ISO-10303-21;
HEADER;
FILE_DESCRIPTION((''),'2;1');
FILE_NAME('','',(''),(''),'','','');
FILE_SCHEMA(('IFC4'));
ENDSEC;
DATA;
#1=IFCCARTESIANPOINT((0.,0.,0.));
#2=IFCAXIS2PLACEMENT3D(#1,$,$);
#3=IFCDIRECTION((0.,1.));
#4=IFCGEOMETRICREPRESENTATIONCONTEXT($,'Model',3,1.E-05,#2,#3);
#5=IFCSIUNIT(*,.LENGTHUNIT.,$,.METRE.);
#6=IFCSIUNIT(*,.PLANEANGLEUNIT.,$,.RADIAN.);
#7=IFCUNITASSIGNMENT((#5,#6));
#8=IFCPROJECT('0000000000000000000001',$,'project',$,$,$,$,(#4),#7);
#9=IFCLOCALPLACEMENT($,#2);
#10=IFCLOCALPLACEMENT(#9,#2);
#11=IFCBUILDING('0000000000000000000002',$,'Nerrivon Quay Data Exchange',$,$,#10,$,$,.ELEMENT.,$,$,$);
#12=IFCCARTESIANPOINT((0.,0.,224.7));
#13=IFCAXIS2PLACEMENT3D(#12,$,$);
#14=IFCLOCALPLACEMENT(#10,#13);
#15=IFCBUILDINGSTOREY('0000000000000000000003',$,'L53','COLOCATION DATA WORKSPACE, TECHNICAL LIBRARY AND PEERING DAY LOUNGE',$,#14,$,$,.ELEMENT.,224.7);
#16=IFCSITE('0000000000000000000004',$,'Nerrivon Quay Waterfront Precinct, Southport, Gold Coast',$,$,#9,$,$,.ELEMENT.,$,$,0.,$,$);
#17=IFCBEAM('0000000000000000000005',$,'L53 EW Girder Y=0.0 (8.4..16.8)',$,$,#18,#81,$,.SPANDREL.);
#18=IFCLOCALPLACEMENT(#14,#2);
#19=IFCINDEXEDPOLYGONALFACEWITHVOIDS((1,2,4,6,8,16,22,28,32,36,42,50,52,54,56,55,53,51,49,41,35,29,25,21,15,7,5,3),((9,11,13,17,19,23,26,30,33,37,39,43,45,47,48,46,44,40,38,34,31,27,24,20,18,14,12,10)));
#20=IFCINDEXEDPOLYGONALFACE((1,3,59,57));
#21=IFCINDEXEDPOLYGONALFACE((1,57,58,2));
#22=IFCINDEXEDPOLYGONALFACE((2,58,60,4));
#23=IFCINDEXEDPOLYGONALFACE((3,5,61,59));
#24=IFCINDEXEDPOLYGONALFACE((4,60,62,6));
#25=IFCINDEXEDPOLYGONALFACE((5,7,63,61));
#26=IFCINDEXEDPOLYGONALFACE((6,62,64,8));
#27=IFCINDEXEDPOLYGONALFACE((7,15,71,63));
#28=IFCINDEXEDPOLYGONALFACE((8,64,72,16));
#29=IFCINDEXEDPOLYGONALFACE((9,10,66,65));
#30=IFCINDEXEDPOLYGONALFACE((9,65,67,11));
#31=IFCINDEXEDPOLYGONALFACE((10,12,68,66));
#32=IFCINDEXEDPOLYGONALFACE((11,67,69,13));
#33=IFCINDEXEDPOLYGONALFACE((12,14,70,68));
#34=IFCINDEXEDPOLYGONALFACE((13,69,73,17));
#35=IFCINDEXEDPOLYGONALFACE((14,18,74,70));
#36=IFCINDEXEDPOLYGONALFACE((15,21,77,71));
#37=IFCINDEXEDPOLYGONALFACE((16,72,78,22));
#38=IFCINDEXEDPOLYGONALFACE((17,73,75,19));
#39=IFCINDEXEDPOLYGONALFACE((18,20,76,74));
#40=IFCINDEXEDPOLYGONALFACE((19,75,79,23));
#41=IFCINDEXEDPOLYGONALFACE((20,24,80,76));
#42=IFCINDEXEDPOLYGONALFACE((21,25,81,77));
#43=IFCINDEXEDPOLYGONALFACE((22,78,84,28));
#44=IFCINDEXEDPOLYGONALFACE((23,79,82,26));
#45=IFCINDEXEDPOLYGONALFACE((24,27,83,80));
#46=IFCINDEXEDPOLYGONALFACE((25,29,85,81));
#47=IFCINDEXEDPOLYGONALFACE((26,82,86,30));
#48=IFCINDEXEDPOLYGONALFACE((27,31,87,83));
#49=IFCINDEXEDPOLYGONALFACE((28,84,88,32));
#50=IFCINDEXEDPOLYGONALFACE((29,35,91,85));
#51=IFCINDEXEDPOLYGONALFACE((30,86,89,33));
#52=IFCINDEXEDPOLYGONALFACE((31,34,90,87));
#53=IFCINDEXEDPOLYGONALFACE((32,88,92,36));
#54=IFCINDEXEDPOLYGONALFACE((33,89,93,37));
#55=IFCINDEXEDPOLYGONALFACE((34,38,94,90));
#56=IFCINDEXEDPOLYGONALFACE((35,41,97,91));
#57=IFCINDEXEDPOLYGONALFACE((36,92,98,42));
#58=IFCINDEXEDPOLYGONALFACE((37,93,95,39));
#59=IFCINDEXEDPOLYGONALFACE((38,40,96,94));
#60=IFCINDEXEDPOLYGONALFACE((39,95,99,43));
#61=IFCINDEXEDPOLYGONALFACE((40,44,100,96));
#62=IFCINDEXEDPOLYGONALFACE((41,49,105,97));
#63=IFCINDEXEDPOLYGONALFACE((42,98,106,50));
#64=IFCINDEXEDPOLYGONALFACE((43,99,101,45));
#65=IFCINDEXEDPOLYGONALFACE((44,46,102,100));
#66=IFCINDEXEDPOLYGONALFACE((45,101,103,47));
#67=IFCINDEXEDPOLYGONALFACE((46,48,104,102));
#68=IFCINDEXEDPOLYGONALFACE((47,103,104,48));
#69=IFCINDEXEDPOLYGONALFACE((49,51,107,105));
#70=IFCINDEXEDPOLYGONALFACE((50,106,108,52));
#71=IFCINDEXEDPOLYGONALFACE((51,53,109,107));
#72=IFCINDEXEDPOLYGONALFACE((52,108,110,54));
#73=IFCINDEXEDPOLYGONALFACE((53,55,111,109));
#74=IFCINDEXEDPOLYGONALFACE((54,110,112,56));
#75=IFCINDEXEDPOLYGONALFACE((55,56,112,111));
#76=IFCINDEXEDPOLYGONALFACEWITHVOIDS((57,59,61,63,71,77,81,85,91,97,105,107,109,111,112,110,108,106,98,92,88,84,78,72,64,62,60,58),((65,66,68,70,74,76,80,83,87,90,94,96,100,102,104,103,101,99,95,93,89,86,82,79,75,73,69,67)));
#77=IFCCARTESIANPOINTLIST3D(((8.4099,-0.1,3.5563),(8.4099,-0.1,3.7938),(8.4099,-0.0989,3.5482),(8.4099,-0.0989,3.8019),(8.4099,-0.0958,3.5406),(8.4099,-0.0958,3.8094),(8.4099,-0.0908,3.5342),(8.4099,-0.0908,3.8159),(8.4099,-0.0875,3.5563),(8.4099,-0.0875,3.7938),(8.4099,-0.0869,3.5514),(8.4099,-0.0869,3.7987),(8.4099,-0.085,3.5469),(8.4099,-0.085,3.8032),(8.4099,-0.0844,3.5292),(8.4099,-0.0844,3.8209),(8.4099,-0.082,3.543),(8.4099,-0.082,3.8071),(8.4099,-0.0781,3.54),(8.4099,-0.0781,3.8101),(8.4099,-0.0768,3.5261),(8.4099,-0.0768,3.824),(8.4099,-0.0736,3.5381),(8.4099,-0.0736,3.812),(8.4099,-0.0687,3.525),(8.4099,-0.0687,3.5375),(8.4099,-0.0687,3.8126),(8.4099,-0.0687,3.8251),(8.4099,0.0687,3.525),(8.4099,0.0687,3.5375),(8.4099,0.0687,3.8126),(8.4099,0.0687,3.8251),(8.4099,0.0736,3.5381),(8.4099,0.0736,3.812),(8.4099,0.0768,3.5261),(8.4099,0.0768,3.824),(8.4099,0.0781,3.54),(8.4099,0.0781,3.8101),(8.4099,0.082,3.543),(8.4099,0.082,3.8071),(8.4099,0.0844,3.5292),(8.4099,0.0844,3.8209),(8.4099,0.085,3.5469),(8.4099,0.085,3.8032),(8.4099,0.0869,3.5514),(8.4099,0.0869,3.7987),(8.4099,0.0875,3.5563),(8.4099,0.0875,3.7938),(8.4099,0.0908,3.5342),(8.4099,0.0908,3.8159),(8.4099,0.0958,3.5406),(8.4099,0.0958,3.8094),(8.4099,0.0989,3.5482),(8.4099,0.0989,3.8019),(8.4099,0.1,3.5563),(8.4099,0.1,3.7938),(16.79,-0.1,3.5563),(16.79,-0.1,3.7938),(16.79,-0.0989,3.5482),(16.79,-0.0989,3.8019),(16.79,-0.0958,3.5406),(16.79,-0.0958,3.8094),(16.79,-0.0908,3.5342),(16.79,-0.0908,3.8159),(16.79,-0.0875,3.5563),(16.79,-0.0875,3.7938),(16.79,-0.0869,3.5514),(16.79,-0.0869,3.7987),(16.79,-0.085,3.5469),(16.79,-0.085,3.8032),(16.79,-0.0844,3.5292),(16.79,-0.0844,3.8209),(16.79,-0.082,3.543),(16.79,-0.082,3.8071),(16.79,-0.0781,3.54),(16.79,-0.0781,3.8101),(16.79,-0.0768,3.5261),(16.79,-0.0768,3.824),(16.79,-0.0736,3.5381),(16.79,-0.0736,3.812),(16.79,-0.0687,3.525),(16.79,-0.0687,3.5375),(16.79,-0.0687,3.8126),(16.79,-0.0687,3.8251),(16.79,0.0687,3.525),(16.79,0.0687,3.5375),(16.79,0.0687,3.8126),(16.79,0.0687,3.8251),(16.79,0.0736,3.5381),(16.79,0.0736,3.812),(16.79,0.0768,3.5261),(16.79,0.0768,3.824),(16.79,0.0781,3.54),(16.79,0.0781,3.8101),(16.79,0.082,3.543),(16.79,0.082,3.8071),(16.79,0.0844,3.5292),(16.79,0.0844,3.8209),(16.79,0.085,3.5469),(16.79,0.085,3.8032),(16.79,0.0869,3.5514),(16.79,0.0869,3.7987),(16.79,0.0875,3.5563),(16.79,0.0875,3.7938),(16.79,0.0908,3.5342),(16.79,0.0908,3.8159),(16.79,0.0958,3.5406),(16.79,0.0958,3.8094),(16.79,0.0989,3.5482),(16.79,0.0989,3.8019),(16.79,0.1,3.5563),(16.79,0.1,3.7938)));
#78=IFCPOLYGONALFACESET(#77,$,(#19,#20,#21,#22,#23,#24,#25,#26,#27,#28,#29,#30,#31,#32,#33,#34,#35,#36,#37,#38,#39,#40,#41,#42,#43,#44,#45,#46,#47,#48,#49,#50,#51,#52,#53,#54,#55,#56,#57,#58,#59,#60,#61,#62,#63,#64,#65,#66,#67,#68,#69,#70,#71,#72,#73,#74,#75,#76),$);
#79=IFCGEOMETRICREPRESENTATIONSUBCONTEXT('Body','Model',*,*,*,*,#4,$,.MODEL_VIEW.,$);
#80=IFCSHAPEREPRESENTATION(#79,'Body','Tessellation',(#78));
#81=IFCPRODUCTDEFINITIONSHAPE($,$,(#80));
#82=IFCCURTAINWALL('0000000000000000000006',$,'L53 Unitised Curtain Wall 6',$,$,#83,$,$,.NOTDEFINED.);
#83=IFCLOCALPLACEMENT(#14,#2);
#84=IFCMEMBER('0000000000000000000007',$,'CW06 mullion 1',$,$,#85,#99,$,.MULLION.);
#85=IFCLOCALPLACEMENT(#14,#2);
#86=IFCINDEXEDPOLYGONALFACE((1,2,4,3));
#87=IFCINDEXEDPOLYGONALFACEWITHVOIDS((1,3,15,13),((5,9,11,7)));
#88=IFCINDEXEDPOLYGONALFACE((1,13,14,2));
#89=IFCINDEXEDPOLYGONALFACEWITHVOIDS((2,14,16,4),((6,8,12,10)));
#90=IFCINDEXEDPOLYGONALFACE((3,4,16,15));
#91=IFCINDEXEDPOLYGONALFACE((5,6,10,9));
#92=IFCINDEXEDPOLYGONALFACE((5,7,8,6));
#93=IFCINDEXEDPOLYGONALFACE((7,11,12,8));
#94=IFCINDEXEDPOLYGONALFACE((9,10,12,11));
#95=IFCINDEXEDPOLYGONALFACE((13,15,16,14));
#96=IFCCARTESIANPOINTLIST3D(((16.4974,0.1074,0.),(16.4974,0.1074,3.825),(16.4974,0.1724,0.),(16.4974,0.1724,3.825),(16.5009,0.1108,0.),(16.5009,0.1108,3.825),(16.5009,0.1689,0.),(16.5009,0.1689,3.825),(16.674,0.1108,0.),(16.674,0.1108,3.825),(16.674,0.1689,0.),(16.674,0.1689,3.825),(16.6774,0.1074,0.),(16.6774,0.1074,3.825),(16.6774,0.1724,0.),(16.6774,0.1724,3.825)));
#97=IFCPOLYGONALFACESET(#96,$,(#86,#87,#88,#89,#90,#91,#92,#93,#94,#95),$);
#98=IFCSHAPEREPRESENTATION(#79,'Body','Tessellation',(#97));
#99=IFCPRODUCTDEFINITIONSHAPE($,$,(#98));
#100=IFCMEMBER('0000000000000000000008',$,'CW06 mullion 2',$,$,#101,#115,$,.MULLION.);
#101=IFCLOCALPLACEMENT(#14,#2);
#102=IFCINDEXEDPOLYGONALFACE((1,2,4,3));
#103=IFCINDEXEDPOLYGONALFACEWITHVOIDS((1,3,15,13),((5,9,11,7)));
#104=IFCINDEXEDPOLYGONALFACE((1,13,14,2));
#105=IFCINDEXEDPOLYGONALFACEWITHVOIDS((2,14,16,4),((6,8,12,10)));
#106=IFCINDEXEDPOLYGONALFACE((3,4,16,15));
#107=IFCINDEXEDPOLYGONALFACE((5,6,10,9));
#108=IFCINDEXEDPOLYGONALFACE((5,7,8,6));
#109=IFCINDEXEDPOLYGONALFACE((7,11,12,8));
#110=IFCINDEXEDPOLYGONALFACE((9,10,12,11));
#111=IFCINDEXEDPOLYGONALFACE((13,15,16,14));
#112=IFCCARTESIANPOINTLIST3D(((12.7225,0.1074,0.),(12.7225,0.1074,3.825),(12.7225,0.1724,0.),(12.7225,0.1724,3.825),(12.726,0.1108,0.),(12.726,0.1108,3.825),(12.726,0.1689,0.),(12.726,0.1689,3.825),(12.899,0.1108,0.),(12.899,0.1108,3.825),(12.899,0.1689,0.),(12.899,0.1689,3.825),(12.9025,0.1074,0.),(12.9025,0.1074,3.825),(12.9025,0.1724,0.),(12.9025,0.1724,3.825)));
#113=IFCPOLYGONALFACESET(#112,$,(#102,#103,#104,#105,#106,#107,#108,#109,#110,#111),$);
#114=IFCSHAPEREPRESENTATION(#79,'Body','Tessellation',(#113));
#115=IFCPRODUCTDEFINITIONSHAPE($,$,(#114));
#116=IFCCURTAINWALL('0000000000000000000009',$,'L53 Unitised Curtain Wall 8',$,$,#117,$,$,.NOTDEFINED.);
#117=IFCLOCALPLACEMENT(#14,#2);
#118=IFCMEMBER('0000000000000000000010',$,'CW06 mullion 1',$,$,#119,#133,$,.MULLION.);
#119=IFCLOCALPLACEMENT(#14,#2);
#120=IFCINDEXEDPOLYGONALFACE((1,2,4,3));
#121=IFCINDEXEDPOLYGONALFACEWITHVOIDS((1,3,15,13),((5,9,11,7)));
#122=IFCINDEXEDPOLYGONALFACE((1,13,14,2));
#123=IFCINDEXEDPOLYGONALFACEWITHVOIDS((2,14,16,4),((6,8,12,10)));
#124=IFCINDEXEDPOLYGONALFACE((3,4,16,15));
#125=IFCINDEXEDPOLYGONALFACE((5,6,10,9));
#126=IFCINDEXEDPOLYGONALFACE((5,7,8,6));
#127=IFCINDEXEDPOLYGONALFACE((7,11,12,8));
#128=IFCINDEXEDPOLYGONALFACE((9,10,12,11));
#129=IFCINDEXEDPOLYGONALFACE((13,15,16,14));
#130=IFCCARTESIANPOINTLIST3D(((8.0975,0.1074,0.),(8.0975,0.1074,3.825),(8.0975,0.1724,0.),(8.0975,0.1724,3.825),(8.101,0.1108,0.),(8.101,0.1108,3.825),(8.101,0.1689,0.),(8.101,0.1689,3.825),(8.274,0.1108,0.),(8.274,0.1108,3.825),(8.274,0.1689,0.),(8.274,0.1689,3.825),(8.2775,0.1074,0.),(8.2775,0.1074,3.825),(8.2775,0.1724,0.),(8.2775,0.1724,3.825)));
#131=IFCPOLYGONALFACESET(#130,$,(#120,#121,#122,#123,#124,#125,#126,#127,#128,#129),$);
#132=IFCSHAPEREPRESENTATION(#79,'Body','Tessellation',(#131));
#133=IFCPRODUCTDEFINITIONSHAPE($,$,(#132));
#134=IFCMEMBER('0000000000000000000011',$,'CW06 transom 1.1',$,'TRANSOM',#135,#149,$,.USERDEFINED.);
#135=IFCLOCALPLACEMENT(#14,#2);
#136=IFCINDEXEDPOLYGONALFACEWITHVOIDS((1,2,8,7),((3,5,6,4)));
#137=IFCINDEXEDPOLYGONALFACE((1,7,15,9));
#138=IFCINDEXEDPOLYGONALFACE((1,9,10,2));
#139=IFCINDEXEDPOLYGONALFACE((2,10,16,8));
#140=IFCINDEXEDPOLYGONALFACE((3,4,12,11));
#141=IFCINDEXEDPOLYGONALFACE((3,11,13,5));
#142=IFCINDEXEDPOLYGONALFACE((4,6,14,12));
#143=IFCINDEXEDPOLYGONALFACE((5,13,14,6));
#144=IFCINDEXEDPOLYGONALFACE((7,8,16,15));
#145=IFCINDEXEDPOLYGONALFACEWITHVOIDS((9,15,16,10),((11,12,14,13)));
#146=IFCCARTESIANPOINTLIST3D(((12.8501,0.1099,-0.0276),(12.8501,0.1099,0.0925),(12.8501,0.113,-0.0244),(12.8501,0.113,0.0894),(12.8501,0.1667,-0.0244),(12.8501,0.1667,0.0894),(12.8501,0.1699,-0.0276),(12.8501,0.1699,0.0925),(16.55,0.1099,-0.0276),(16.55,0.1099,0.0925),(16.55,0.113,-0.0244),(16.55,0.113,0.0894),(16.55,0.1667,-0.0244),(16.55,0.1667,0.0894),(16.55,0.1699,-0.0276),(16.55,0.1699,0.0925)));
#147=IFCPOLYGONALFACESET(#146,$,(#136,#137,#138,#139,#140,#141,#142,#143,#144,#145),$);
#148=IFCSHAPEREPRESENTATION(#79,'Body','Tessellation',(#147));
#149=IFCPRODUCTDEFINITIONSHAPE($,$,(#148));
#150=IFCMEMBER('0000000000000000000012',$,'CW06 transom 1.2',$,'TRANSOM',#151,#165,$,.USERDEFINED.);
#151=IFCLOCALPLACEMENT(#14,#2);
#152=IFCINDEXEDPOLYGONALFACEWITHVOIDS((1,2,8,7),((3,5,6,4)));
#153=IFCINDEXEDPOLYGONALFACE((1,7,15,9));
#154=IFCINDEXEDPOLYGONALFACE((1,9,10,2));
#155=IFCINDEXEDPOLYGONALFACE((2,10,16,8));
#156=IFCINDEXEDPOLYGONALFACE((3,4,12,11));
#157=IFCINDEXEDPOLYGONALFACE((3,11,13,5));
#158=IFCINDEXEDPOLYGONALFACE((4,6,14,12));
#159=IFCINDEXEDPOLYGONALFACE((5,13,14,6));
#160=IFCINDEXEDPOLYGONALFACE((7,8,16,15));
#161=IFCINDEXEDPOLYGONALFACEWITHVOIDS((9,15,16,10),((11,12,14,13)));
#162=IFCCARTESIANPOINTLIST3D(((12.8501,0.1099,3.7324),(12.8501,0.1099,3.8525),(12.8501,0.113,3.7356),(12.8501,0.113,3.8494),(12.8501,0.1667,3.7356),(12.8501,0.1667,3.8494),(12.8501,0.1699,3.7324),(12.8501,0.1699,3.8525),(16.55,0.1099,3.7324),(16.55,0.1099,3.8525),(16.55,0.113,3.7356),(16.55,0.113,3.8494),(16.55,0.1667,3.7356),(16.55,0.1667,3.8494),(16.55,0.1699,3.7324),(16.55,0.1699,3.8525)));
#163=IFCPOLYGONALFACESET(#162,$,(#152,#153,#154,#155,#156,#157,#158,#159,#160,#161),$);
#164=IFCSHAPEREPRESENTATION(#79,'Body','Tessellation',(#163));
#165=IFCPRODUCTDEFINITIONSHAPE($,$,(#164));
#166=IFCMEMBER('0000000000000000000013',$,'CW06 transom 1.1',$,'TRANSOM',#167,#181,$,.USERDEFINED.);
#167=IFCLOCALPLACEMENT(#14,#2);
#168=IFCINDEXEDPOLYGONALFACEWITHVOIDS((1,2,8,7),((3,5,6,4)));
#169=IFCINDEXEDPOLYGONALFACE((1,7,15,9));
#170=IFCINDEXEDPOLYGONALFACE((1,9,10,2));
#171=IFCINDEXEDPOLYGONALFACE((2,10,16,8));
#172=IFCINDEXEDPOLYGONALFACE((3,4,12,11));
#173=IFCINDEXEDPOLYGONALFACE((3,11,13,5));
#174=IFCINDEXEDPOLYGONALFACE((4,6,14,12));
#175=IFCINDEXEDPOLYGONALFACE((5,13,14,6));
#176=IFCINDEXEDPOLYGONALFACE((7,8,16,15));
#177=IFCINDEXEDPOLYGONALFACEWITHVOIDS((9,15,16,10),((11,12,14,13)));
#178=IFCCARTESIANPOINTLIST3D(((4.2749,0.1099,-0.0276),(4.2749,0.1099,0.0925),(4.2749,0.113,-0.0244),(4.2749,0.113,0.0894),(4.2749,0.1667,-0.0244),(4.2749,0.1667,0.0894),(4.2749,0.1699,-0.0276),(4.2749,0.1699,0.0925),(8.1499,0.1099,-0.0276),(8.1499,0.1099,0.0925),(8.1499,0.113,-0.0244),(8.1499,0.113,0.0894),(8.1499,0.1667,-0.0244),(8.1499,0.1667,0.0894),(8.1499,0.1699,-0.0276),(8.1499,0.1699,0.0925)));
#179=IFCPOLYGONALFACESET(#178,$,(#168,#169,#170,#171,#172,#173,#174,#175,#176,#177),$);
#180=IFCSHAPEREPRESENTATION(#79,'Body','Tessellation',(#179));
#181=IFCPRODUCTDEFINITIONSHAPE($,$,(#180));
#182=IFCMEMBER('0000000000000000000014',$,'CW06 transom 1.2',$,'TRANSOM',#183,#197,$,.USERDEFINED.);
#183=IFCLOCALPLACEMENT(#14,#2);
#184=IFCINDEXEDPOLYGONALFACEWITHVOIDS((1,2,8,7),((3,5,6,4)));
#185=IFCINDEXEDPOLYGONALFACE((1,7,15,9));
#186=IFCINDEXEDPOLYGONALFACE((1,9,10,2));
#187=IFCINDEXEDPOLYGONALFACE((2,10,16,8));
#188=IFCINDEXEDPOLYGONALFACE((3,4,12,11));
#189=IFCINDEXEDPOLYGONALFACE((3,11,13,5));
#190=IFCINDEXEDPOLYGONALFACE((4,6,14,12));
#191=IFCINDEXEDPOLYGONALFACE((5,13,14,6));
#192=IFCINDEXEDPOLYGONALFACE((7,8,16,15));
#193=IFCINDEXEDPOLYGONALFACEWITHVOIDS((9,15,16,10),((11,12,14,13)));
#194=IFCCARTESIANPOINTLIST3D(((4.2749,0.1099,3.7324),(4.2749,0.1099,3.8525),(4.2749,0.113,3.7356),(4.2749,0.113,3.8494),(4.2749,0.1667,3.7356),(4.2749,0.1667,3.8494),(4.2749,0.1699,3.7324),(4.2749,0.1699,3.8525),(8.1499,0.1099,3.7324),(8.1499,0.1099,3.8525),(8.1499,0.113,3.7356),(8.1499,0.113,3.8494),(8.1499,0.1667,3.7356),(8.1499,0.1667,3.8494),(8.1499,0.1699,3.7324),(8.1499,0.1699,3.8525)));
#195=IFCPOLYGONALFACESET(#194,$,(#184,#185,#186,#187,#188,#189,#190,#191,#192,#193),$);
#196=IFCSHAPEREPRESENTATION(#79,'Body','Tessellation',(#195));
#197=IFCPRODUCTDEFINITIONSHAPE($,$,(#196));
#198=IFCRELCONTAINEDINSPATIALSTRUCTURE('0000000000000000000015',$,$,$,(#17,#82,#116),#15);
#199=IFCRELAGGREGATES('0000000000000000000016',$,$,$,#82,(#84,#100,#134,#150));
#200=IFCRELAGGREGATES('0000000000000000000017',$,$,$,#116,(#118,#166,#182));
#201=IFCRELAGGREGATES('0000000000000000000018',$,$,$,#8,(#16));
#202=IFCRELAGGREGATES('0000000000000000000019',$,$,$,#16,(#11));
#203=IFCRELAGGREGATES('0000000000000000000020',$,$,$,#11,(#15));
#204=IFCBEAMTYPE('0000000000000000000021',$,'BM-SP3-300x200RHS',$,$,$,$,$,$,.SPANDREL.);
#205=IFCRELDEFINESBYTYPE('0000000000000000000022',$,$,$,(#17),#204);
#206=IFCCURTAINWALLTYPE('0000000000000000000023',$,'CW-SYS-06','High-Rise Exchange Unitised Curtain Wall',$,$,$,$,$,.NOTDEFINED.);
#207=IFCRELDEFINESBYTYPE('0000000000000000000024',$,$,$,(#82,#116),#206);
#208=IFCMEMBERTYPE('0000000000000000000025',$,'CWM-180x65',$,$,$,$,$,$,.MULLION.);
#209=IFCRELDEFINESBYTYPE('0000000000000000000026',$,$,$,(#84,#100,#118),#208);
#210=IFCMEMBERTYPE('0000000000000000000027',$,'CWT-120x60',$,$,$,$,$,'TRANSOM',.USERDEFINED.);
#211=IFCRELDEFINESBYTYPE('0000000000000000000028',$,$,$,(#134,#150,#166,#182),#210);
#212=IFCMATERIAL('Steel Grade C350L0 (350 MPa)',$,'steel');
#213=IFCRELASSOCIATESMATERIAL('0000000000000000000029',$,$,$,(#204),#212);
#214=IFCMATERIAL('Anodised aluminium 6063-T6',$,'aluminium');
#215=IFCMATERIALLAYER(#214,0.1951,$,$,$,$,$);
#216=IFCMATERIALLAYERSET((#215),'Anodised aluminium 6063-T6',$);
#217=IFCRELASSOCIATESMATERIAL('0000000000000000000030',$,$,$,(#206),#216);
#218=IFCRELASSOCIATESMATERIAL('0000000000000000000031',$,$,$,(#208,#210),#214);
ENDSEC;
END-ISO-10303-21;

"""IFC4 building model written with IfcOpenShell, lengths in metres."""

from ifc_helpers import new_model, si_unit, direction, frame, origin, origin_2d, place, context, subcontext, project, spatial, hollow_rectangle, extrude, material, layer, layer_set, material_profile, profile_set, type_object, element, aggregate, save


model = new_model("IFC4")

# Units and contexts
model_context = context("Model", 3, precision=1e-05, world=origin(), true_north=direction((0.0, 1.0)))
body_context = subcontext(model_context, "Body", "Model", "MODEL_VIEW")
ifc_project = project(units=[si_unit("LENGTHUNIT", "METRE"), si_unit("PLANEANGLEUNIT", "RADIAN")], contexts=[model_context])

# Site, building, storey
site_placement = place(None, origin())
site = spatial("IfcSite", under=ifc_project, at=site_placement, Name="Nerrivon Quay Waterfront Precinct, Southport, Gold Coast", CompositionType="ELEMENT", RefElevation=0.0)
building_placement = place(site_placement, origin())
building = spatial("IfcBuilding", under=site, at=building_placement, Name="Nerrivon Quay Data Exchange", CompositionType="ELEMENT")
storey_placement = place(building_placement, frame((0.0, 0.0, 224.7)))
storey = spatial("IfcBuildingStorey", under=building, at=storey_placement, Name="L53", Description="COLOCATION DATA WORKSPACE, TECHNICAL LIBRARY AND PEERING DAY LOUNGE", CompositionType="ELEMENT", Elevation=224.7)

# Beam
ifc_material_1 = material(Name="Steel Grade C350L0 (350 MPa)", Category="steel")
ifc_material_profile_1 = material_profile(ifc_material_1, hollow_rectangle(XDim=0.2, YDim=0.3, WallThickness=0.0125, InnerFilletRadius=0.0188, OuterFilletRadius=0.0312, at=origin_2d()), Name="300x200x12.5RHS")
ifc_profile_set_1 = profile_set([ifc_material_profile_1], Name="Steel Grade C350L0 (350 MPa)")
beam_type_1 = type_object("IfcBeamType", Name="BM-SP3-300x200RHS", PredefinedType="SPANDREL", material=ifc_profile_set_1)
beam_1_placement = place(storey_placement, frame((8.4099, 0.0, 3.675), z_axis=(1.0, 0.0, 0.0), x_axis=(0.0, 1.0, 0.0)))
element("IfcBeam", 1, at=beam_1_placement, inside=storey, type_object=beam_type_1, Name="L53 EW Girder Y=0.0 (8.4..16.8)", PredefinedType="SPANDREL", context=body_context, shape_type="SweptSolid", body=[
    extrude(hollow_rectangle(XDim=0.2, YDim=0.3, WallThickness=0.0125, InnerFilletRadius=0.0188, OuterFilletRadius=0.0312, at=origin_2d()), origin(), (0.0, 0.0, 1.0), 8.3801),
])

# Curtain wall, members
ifc_material_2 = material(Name="Anodised aluminium 6063-T6", Category="aluminium")
ifc_layer_1 = layer(ifc_material_2, 0.1951)
ifc_layer_set_1 = layer_set([ifc_layer_1], Name="Anodised aluminium 6063-T6")
curtain_wall_type = type_object("IfcCurtainWallType", Name="CW-SYS-06", Description="High-Rise Exchange Unitised Curtain Wall", PredefinedType="NOTDEFINED", material=ifc_layer_set_1)
curtain_wall_1_placement = place(storey_placement, origin())
curtain_wall_1 = element("IfcCurtainWall", 2, at=curtain_wall_1_placement, inside=storey, type_object=curtain_wall_type, Name="L53 Unitised Curtain Wall 6", PredefinedType="NOTDEFINED")
ifc_material_profile_2 = material_profile(ifc_material_2, hollow_rectangle(XDim=0.0649, YDim=0.1799, WallThickness=0.0034, at=origin_2d()), Name="ALU-MULL-180x65")
ifc_profile_set_2 = profile_set([ifc_material_profile_2], Name="Anodised aluminium 6063-T6")
member_type_1 = type_object("IfcMemberType", Name="CWM-180x65", PredefinedType="MULLION", material=ifc_profile_set_2)
member_1_placement = place(storey_placement, frame((16.5874, 0.1399, 0.0), z_axis=(0.0, 0.0, 1.0), x_axis=(0.0, -1.0, 0.0)))
member_1 = element("IfcMember", 3, at=member_1_placement, type_object=member_type_1, Name="CW06 mullion 1", PredefinedType="MULLION", context=body_context, shape_type="SweptSolid", body=[
    extrude(hollow_rectangle(XDim=0.0649, YDim=0.1799, WallThickness=0.0034, at=origin_2d()), origin(), (0.0, 0.0, 1.0), 3.825),
])
member_2_placement = place(storey_placement, frame((12.8125, 0.1399, 0.0), z_axis=(0.0, 0.0, 1.0), x_axis=(0.0, -1.0, 0.0)))
member_2 = element("IfcMember", 4, at=member_2_placement, type_object=member_type_1, Name="CW06 mullion 2", PredefinedType="MULLION", context=body_context, shape_type="SweptSolid", body=[
    extrude(hollow_rectangle(XDim=0.0649, YDim=0.1799, WallThickness=0.0034, at=origin_2d()), origin(), (0.0, 0.0, 1.0), 3.825),
])

# Curtain wall, member
curtain_wall_2_placement = place(storey_placement, origin())
curtain_wall_2 = element("IfcCurtainWall", 5, at=curtain_wall_2_placement, inside=storey, type_object=curtain_wall_type, Name="L53 Unitised Curtain Wall 8", PredefinedType="NOTDEFINED")
member_3_placement = place(storey_placement, frame((8.1875, 0.1399, 0.0), z_axis=(0.0, 0.0, 1.0), x_axis=(0.0, -1.0, 0.0)))
member_3 = element("IfcMember", 6, at=member_3_placement, type_object=member_type_1, Name="CW06 mullion 1", PredefinedType="MULLION", context=body_context, shape_type="SweptSolid", body=[
    extrude(hollow_rectangle(XDim=0.0649, YDim=0.1799, WallThickness=0.0034, at=origin_2d()), origin(), (0.0, 0.0, 1.0), 3.825),
])

# Members
ifc_material_profile_3 = material_profile(ifc_material_2, hollow_rectangle(XDim=0.0601, YDim=0.1201, WallThickness=0.0032, at=origin_2d()), Name="ALU-TRAN-120x60")
ifc_profile_set_3 = profile_set([ifc_material_profile_3], Name="Anodised aluminium 6063-T6")
member_type_2 = type_object("IfcMemberType", Name="CWT-120x60", ElementType="TRANSOM", PredefinedType="USERDEFINED", material=ifc_profile_set_3)
member_4_placement = place(storey_placement, frame((16.55, 0.1399, 0.0325), z_axis=(-1.0, 0.0, 0.0), x_axis=(0.0, -1.0, 0.0)))
member_4 = element("IfcMember", 7, at=member_4_placement, type_object=member_type_2, Name="CW06 transom 1.1", ObjectType="TRANSOM", PredefinedType="USERDEFINED", context=body_context, shape_type="SweptSolid", body=[
    extrude(hollow_rectangle(XDim=0.0601, YDim=0.1201, WallThickness=0.0032, at=origin_2d()), origin(), (0.0, 0.0, 1.0), 3.7),
])
member_5_placement = place(storey_placement, frame((16.55, 0.1399, 3.7925), z_axis=(-1.0, 0.0, 0.0), x_axis=(0.0, -1.0, 0.0)))
member_5 = element("IfcMember", 8, at=member_5_placement, type_object=member_type_2, Name="CW06 transom 1.2", ObjectType="TRANSOM", PredefinedType="USERDEFINED", context=body_context, shape_type="SweptSolid", body=[
    extrude(hollow_rectangle(XDim=0.0601, YDim=0.1201, WallThickness=0.0032, at=origin_2d()), origin(), (0.0, 0.0, 1.0), 3.7),
])
member_6_placement = place(storey_placement, frame((8.1499, 0.1399, 0.0325), z_axis=(-1.0, 0.0, 0.0), x_axis=(0.0, -1.0, 0.0)))
member_6 = element("IfcMember", 9, at=member_6_placement, type_object=member_type_2, Name="CW06 transom 1.1", ObjectType="TRANSOM", PredefinedType="USERDEFINED", context=body_context, shape_type="SweptSolid", body=[
    extrude(hollow_rectangle(XDim=0.0601, YDim=0.1201, WallThickness=0.0032, at=origin_2d()), origin(), (0.0, 0.0, 1.0), 3.875),
])
member_7_placement = place(storey_placement, frame((8.1499, 0.1399, 3.7925), z_axis=(-1.0, 0.0, 0.0), x_axis=(0.0, -1.0, 0.0)))
member_7 = element("IfcMember", 10, at=member_7_placement, type_object=member_type_2, Name="CW06 transom 1.2", ObjectType="TRANSOM", PredefinedType="USERDEFINED", context=body_context, shape_type="SweptSolid", body=[
    extrude(hollow_rectangle(XDim=0.0601, YDim=0.1201, WallThickness=0.0032, at=origin_2d()), origin(), (0.0, 0.0, 1.0), 3.875),
])

aggregate(curtain_wall_1, [member_1, member_2, member_4, member_5])
aggregate(curtain_wall_2, [member_3, member_6, member_7])

save(model, "model.ifc")
